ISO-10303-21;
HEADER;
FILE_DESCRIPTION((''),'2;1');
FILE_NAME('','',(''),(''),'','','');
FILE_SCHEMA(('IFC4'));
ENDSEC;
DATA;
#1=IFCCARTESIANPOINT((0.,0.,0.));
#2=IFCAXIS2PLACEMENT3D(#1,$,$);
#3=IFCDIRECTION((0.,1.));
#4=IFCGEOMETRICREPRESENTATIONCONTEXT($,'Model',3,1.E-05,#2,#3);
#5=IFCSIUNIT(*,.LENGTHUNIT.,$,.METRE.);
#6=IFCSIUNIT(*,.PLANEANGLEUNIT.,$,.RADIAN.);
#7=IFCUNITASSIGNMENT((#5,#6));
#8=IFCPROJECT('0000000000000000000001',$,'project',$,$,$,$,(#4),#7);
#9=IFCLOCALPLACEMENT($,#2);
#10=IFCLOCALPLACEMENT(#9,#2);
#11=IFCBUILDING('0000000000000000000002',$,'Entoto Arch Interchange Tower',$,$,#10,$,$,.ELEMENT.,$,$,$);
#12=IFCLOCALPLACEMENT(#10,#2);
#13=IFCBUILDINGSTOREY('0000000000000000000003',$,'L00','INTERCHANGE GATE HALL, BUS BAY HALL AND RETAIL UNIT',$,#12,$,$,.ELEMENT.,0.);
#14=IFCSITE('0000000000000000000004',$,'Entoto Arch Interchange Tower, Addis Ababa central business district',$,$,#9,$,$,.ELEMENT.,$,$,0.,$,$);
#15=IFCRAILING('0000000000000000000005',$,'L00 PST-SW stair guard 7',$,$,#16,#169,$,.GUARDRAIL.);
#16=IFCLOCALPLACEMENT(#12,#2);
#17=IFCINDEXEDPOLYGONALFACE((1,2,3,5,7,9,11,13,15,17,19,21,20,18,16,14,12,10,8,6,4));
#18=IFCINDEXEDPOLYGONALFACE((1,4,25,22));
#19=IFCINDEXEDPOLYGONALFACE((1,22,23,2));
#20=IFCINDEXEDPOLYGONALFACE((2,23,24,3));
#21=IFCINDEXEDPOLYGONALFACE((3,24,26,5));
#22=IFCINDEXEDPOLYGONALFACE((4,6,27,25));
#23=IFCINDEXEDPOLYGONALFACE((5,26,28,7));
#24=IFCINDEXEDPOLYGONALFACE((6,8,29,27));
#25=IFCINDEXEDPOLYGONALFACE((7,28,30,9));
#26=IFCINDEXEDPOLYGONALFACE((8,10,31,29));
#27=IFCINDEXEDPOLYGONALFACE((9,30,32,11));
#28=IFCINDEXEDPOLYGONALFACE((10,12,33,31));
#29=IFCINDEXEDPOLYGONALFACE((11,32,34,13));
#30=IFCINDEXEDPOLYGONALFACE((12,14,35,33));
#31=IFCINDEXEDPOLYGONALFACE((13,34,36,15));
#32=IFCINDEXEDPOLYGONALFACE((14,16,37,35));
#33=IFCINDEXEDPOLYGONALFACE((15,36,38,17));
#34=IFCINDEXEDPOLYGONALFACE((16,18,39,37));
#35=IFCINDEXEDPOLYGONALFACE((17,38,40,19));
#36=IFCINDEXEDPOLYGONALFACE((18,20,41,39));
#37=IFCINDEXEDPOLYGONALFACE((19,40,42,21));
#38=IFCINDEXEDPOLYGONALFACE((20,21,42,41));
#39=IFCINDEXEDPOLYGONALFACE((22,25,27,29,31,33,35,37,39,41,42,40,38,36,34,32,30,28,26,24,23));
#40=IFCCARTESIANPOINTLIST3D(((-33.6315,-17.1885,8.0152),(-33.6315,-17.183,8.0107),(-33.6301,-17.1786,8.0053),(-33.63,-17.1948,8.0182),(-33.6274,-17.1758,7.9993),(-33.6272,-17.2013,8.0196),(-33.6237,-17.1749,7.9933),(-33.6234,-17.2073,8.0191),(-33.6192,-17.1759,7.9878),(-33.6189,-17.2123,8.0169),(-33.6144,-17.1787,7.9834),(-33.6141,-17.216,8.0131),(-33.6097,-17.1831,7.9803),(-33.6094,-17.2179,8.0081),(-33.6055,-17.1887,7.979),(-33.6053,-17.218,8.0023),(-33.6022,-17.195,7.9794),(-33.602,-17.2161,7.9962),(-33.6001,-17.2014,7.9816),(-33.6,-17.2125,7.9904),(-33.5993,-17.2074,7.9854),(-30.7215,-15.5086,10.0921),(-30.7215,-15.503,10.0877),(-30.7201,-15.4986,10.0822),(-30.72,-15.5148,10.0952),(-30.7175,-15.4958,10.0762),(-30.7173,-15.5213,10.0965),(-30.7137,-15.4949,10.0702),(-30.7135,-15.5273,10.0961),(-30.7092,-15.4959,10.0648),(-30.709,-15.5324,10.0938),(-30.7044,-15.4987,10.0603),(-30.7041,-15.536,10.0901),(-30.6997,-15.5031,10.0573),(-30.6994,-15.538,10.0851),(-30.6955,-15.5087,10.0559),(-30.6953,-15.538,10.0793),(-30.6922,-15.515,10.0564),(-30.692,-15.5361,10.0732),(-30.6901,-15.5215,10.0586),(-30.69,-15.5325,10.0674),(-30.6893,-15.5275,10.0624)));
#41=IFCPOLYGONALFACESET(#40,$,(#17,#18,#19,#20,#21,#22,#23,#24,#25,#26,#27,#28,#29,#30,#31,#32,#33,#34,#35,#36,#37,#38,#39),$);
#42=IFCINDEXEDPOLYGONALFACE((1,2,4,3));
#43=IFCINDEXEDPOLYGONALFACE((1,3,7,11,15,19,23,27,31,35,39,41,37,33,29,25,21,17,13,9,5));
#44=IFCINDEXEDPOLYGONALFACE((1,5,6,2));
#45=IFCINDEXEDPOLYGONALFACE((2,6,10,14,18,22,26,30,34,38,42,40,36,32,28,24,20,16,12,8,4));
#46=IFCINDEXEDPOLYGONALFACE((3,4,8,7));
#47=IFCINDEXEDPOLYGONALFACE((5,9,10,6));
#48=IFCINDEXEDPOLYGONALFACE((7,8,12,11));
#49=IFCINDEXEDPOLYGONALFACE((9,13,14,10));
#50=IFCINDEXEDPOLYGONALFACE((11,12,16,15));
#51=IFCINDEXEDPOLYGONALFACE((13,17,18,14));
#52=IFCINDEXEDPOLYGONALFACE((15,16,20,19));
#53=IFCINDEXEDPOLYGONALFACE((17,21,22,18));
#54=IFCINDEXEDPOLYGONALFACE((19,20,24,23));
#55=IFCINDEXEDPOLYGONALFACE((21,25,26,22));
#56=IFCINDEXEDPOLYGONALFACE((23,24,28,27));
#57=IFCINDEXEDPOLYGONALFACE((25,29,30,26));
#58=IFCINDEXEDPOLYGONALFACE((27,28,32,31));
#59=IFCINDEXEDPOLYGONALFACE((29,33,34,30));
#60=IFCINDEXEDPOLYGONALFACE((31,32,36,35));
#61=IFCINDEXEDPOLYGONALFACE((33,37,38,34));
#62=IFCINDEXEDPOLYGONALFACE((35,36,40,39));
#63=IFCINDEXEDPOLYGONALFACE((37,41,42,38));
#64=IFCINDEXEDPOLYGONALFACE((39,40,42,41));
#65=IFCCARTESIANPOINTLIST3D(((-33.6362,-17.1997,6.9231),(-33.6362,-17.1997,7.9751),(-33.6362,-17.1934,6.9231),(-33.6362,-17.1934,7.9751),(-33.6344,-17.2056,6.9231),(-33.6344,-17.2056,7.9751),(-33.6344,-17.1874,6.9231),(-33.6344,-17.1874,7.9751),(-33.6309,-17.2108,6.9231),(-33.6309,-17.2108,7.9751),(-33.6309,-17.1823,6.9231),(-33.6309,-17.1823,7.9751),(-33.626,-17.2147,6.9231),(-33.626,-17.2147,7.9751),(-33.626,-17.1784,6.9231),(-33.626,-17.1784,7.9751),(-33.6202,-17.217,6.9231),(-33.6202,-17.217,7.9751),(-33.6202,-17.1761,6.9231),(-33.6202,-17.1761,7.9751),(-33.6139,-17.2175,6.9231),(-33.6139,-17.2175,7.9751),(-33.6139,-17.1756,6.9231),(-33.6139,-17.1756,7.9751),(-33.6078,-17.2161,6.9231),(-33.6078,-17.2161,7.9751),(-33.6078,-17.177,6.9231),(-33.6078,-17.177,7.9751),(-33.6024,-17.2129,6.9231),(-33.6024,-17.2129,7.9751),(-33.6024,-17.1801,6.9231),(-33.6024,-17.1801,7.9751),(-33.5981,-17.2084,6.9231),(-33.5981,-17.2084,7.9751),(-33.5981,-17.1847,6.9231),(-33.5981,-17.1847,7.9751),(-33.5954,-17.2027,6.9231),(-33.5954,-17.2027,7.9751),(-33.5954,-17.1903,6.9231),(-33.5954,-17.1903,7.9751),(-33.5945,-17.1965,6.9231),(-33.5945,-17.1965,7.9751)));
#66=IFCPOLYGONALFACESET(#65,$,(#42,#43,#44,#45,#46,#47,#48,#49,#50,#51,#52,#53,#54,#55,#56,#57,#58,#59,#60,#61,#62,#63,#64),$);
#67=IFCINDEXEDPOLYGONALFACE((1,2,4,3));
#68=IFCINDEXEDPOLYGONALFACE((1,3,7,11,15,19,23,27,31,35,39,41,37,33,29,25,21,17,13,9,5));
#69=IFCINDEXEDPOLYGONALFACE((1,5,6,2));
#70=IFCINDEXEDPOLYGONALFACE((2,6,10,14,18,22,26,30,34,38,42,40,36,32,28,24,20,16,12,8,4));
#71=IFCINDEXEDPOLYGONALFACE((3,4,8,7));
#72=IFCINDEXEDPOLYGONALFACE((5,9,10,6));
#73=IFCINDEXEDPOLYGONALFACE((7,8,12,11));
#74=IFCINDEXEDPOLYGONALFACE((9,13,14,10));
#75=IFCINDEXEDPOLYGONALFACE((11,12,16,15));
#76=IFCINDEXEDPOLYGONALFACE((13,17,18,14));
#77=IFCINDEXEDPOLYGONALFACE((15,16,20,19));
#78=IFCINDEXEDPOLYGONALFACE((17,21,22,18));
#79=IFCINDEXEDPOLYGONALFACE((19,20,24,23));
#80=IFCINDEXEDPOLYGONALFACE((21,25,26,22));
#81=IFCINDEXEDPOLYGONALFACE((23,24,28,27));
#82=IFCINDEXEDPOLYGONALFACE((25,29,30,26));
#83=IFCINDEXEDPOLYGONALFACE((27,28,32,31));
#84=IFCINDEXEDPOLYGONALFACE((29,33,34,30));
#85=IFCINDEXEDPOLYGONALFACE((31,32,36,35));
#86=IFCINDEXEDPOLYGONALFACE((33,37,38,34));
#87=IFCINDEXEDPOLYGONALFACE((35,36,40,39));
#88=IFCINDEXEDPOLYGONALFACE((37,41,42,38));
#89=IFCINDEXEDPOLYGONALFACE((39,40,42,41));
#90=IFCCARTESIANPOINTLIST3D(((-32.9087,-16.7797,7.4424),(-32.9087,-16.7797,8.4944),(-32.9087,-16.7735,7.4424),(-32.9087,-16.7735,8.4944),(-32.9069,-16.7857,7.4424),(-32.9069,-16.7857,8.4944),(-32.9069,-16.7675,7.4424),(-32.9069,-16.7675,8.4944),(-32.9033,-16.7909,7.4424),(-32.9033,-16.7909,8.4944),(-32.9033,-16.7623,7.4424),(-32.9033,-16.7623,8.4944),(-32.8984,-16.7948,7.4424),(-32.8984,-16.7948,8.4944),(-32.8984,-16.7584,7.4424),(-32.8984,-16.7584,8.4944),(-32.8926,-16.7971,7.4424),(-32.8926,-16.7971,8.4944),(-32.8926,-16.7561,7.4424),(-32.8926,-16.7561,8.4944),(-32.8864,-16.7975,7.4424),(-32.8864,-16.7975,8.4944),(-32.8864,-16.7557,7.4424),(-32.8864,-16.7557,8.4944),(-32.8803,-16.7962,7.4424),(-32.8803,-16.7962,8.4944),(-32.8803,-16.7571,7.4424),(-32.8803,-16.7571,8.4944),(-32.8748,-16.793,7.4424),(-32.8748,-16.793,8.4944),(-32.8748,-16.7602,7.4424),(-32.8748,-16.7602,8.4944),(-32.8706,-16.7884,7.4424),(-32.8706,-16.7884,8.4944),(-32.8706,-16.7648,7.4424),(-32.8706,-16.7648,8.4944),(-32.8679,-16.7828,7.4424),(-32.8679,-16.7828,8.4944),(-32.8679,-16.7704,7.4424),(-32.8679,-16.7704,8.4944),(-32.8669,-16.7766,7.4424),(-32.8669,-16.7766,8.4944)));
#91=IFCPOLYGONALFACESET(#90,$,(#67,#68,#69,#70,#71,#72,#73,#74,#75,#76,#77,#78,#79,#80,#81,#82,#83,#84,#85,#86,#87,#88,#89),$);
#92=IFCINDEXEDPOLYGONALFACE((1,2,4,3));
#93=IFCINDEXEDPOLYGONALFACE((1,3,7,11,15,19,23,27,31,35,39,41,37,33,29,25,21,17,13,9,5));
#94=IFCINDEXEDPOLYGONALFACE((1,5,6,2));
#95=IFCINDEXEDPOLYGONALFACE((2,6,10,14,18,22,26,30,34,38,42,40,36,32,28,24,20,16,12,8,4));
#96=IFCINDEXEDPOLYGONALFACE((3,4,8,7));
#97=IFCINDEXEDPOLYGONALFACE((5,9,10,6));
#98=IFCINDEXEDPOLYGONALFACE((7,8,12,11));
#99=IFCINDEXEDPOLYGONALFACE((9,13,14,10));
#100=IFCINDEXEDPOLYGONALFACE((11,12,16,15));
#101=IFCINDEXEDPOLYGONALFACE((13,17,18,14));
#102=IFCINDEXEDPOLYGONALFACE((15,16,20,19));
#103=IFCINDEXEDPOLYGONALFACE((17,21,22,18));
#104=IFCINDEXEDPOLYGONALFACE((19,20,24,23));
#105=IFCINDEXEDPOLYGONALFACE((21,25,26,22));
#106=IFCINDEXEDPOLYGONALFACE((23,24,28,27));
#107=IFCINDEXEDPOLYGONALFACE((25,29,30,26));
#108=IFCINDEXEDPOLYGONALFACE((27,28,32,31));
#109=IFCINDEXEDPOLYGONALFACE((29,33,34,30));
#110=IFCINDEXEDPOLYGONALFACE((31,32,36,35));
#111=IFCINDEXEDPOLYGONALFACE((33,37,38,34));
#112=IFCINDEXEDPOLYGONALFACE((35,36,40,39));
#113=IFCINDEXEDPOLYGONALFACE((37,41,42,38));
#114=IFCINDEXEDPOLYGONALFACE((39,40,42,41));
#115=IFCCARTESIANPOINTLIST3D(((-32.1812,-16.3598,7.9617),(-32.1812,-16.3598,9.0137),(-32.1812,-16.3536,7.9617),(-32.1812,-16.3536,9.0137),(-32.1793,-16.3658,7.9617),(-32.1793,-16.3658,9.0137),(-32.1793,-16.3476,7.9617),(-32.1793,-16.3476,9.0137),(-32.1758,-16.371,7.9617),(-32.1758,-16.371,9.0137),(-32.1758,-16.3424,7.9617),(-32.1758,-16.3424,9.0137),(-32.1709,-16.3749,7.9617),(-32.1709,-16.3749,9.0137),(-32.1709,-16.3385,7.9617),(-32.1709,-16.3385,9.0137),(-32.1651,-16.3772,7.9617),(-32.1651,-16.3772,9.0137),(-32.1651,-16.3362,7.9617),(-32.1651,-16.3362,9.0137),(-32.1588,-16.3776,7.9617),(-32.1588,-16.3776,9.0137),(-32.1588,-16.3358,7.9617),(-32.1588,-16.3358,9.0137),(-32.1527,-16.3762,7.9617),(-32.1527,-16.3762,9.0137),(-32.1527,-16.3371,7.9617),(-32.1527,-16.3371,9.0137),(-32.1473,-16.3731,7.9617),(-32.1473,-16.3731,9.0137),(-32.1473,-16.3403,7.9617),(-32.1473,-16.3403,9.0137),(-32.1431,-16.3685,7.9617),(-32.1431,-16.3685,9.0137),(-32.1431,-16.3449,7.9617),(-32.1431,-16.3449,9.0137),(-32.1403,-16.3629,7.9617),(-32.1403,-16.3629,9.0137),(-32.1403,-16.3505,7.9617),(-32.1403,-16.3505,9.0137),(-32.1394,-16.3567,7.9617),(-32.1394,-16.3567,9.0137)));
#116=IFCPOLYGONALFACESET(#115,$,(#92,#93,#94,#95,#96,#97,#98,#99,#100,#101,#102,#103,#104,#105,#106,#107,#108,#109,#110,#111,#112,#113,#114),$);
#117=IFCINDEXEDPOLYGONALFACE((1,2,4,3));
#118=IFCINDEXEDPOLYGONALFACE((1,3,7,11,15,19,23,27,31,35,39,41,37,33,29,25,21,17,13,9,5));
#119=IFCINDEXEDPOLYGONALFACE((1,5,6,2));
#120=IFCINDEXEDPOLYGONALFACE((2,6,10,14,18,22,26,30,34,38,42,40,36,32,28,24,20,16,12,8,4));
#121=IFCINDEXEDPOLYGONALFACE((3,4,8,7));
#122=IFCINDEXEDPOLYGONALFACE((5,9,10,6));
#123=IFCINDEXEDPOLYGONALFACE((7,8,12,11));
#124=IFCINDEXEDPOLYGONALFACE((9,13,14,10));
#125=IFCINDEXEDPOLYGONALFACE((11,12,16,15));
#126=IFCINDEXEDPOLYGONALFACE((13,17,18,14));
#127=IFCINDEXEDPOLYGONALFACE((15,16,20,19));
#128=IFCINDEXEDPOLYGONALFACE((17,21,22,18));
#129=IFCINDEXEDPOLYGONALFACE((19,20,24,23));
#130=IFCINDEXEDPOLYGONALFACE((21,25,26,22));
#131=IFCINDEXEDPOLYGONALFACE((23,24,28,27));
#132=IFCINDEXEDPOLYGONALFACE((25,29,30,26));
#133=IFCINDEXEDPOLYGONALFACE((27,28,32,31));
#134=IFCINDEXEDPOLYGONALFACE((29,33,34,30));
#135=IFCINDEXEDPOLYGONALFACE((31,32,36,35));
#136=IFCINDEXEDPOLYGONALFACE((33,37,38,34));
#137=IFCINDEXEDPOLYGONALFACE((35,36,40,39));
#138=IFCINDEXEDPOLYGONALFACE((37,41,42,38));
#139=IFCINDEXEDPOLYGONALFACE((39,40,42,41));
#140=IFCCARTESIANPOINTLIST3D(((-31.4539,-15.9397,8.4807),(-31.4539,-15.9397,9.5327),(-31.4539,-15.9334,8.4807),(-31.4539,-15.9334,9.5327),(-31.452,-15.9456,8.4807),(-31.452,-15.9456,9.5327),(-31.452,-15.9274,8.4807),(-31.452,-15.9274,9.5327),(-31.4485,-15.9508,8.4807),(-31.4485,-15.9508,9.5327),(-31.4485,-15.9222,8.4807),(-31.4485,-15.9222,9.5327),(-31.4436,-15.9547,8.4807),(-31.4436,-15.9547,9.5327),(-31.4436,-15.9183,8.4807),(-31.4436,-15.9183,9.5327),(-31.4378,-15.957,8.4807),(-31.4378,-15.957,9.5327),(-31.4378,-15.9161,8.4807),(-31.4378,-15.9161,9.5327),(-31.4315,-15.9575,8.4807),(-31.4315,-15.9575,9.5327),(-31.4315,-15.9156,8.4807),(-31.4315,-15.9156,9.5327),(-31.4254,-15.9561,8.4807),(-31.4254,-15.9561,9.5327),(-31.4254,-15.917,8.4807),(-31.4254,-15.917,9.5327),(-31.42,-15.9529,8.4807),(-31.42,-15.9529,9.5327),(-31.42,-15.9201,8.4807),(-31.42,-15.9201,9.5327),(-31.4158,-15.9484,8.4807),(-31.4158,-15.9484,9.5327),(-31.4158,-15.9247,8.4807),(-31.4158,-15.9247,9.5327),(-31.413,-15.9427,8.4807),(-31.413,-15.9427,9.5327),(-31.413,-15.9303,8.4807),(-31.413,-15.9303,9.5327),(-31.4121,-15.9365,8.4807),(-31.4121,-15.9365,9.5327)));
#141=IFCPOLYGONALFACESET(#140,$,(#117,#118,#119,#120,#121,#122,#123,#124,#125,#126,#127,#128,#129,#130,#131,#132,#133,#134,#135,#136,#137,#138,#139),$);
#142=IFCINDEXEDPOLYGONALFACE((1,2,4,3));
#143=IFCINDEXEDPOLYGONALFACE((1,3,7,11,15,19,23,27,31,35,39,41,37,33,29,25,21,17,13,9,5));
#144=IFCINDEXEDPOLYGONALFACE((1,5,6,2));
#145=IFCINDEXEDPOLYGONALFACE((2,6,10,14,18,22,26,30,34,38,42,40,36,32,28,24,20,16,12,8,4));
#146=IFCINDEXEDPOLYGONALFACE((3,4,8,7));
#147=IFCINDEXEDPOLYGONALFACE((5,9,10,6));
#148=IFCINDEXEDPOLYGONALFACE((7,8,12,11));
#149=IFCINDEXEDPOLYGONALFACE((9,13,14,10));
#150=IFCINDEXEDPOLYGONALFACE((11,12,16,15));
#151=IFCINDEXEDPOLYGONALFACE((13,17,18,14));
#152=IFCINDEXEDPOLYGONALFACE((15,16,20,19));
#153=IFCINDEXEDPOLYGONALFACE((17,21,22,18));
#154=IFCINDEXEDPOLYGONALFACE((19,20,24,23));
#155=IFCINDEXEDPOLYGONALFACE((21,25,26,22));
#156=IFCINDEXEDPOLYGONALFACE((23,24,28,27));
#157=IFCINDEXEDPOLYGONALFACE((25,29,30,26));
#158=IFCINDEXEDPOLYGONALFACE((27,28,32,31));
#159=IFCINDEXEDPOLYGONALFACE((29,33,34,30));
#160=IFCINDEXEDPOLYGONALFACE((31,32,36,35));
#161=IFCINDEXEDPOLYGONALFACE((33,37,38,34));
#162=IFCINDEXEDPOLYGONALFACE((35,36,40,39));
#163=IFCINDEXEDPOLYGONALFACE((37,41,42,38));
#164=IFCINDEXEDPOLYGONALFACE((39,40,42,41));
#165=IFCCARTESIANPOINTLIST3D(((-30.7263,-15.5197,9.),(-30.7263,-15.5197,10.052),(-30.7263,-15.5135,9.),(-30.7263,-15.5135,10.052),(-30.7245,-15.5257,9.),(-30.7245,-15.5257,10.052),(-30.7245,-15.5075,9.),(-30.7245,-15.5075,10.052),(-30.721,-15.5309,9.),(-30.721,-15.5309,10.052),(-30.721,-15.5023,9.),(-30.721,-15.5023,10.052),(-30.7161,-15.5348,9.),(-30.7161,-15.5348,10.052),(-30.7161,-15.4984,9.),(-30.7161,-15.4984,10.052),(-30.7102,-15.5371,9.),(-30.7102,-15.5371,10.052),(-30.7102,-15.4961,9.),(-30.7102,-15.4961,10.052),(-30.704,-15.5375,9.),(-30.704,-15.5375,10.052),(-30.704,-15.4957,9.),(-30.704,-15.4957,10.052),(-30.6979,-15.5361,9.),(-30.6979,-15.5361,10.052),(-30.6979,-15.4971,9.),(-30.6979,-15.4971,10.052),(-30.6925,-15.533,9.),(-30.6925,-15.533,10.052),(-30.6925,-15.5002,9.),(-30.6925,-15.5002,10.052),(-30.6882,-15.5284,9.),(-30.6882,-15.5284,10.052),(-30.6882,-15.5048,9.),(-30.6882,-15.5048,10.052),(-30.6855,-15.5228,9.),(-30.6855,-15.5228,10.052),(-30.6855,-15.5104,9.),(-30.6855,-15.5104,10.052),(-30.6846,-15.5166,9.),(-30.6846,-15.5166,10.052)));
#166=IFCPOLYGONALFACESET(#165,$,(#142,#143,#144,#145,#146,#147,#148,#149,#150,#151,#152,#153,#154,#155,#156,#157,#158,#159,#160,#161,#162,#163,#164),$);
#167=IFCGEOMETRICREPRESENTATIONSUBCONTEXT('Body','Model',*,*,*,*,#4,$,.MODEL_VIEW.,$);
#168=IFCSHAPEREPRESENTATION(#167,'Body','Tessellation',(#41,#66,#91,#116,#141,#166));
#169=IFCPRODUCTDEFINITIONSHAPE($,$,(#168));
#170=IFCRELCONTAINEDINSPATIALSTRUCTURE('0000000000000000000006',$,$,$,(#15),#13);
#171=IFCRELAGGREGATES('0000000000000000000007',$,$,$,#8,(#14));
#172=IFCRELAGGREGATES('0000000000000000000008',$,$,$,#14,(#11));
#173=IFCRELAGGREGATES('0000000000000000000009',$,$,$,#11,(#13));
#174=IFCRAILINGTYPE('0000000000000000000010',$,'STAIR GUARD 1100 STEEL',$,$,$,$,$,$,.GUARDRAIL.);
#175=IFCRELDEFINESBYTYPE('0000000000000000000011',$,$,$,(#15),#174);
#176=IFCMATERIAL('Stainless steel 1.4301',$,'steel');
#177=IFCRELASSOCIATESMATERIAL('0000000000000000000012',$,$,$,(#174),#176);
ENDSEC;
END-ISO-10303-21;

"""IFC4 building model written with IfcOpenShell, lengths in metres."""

from ifc_helpers import new_model, si_unit, direction, frame, origin, origin_2d, place, context, subcontext, project, spatial, circle, extrude, material, type_object, element, save


model = new_model("IFC4")

# Units and contexts
model_context = context("Model", 3, precision=1e-05, world=origin(), true_north=direction((0.0, 1.0)))
body_context = subcontext(model_context, "Body", "Model", "MODEL_VIEW")
ifc_project = project(units=[si_unit("LENGTHUNIT", "METRE"), si_unit("PLANEANGLEUNIT", "RADIAN")], contexts=[model_context])

# Site, building, storey
site_placement = place(None, origin())
site = spatial("IfcSite", under=ifc_project, at=site_placement, Name="Entoto Arch Interchange Tower, Addis Ababa central business district", CompositionType="ELEMENT", RefElevation=0.0)
building_placement = place(site_placement, origin())
building = spatial("IfcBuilding", under=site, at=building_placement, Name="Entoto Arch Interchange Tower", CompositionType="ELEMENT")
storey_placement = place(building_placement, origin())
storey = spatial("IfcBuildingStorey", under=building, at=storey_placement, Name="L00", Description="INTERCHANGE GATE HALL, BUS BAY HALL AND RETAIL UNIT", CompositionType="ELEMENT", Elevation=0.0)

# Railing
ifc_material_1 = material(Name="Stainless steel 1.4301", Category="steel")
railing_type_1 = type_object("IfcRailingType", Name="STAIR GUARD 1100 STEEL", PredefinedType="GUARDRAIL", material=ifc_material_1)
railing_1_placement = place(storey_placement, frame((-33.6155, -17.1965, 6.9231)))
element("IfcRailing", 1, at=railing_1_placement, inside=storey, type_object=railing_type_1, Name="L00 PST-SW stair guard 7", PredefinedType="GUARDRAIL", context=body_context, shape_type="SweptSolid", body=[
    extrude(circle(Radius=0.0239, at=origin_2d()), frame((0.0, 0.0, 1.0762), z_axis=(0.736668, 0.425288, 0.525785), x_axis=(-0.499976, 0.866039, 0.0)), (0.0, 0.0, 1.0), 3.9502),
    extrude(circle(Radius=0.021, at=origin_2d()), origin(), (0.0, 0.0, 1.0), 1.052),
    extrude(circle(Radius=0.021, at=origin_2d()), frame((0.7275, 0.4199, 0.5193)), (0.0, 0.0, 1.0), 1.052),
    extrude(circle(Radius=0.021, at=origin_2d()), frame((1.4551, 0.8398, 1.0386)), (0.0, 0.0, 1.0), 1.052),
    extrude(circle(Radius=0.021, at=origin_2d()), frame((2.1824, 1.26, 1.5576)), (0.0, 0.0, 1.0), 1.052),
    extrude(circle(Radius=0.021, at=origin_2d()), frame((2.9099, 1.6799, 2.0769)), (0.0, 0.0, 1.0), 1.052),
])

save(model, "model.ifc")
